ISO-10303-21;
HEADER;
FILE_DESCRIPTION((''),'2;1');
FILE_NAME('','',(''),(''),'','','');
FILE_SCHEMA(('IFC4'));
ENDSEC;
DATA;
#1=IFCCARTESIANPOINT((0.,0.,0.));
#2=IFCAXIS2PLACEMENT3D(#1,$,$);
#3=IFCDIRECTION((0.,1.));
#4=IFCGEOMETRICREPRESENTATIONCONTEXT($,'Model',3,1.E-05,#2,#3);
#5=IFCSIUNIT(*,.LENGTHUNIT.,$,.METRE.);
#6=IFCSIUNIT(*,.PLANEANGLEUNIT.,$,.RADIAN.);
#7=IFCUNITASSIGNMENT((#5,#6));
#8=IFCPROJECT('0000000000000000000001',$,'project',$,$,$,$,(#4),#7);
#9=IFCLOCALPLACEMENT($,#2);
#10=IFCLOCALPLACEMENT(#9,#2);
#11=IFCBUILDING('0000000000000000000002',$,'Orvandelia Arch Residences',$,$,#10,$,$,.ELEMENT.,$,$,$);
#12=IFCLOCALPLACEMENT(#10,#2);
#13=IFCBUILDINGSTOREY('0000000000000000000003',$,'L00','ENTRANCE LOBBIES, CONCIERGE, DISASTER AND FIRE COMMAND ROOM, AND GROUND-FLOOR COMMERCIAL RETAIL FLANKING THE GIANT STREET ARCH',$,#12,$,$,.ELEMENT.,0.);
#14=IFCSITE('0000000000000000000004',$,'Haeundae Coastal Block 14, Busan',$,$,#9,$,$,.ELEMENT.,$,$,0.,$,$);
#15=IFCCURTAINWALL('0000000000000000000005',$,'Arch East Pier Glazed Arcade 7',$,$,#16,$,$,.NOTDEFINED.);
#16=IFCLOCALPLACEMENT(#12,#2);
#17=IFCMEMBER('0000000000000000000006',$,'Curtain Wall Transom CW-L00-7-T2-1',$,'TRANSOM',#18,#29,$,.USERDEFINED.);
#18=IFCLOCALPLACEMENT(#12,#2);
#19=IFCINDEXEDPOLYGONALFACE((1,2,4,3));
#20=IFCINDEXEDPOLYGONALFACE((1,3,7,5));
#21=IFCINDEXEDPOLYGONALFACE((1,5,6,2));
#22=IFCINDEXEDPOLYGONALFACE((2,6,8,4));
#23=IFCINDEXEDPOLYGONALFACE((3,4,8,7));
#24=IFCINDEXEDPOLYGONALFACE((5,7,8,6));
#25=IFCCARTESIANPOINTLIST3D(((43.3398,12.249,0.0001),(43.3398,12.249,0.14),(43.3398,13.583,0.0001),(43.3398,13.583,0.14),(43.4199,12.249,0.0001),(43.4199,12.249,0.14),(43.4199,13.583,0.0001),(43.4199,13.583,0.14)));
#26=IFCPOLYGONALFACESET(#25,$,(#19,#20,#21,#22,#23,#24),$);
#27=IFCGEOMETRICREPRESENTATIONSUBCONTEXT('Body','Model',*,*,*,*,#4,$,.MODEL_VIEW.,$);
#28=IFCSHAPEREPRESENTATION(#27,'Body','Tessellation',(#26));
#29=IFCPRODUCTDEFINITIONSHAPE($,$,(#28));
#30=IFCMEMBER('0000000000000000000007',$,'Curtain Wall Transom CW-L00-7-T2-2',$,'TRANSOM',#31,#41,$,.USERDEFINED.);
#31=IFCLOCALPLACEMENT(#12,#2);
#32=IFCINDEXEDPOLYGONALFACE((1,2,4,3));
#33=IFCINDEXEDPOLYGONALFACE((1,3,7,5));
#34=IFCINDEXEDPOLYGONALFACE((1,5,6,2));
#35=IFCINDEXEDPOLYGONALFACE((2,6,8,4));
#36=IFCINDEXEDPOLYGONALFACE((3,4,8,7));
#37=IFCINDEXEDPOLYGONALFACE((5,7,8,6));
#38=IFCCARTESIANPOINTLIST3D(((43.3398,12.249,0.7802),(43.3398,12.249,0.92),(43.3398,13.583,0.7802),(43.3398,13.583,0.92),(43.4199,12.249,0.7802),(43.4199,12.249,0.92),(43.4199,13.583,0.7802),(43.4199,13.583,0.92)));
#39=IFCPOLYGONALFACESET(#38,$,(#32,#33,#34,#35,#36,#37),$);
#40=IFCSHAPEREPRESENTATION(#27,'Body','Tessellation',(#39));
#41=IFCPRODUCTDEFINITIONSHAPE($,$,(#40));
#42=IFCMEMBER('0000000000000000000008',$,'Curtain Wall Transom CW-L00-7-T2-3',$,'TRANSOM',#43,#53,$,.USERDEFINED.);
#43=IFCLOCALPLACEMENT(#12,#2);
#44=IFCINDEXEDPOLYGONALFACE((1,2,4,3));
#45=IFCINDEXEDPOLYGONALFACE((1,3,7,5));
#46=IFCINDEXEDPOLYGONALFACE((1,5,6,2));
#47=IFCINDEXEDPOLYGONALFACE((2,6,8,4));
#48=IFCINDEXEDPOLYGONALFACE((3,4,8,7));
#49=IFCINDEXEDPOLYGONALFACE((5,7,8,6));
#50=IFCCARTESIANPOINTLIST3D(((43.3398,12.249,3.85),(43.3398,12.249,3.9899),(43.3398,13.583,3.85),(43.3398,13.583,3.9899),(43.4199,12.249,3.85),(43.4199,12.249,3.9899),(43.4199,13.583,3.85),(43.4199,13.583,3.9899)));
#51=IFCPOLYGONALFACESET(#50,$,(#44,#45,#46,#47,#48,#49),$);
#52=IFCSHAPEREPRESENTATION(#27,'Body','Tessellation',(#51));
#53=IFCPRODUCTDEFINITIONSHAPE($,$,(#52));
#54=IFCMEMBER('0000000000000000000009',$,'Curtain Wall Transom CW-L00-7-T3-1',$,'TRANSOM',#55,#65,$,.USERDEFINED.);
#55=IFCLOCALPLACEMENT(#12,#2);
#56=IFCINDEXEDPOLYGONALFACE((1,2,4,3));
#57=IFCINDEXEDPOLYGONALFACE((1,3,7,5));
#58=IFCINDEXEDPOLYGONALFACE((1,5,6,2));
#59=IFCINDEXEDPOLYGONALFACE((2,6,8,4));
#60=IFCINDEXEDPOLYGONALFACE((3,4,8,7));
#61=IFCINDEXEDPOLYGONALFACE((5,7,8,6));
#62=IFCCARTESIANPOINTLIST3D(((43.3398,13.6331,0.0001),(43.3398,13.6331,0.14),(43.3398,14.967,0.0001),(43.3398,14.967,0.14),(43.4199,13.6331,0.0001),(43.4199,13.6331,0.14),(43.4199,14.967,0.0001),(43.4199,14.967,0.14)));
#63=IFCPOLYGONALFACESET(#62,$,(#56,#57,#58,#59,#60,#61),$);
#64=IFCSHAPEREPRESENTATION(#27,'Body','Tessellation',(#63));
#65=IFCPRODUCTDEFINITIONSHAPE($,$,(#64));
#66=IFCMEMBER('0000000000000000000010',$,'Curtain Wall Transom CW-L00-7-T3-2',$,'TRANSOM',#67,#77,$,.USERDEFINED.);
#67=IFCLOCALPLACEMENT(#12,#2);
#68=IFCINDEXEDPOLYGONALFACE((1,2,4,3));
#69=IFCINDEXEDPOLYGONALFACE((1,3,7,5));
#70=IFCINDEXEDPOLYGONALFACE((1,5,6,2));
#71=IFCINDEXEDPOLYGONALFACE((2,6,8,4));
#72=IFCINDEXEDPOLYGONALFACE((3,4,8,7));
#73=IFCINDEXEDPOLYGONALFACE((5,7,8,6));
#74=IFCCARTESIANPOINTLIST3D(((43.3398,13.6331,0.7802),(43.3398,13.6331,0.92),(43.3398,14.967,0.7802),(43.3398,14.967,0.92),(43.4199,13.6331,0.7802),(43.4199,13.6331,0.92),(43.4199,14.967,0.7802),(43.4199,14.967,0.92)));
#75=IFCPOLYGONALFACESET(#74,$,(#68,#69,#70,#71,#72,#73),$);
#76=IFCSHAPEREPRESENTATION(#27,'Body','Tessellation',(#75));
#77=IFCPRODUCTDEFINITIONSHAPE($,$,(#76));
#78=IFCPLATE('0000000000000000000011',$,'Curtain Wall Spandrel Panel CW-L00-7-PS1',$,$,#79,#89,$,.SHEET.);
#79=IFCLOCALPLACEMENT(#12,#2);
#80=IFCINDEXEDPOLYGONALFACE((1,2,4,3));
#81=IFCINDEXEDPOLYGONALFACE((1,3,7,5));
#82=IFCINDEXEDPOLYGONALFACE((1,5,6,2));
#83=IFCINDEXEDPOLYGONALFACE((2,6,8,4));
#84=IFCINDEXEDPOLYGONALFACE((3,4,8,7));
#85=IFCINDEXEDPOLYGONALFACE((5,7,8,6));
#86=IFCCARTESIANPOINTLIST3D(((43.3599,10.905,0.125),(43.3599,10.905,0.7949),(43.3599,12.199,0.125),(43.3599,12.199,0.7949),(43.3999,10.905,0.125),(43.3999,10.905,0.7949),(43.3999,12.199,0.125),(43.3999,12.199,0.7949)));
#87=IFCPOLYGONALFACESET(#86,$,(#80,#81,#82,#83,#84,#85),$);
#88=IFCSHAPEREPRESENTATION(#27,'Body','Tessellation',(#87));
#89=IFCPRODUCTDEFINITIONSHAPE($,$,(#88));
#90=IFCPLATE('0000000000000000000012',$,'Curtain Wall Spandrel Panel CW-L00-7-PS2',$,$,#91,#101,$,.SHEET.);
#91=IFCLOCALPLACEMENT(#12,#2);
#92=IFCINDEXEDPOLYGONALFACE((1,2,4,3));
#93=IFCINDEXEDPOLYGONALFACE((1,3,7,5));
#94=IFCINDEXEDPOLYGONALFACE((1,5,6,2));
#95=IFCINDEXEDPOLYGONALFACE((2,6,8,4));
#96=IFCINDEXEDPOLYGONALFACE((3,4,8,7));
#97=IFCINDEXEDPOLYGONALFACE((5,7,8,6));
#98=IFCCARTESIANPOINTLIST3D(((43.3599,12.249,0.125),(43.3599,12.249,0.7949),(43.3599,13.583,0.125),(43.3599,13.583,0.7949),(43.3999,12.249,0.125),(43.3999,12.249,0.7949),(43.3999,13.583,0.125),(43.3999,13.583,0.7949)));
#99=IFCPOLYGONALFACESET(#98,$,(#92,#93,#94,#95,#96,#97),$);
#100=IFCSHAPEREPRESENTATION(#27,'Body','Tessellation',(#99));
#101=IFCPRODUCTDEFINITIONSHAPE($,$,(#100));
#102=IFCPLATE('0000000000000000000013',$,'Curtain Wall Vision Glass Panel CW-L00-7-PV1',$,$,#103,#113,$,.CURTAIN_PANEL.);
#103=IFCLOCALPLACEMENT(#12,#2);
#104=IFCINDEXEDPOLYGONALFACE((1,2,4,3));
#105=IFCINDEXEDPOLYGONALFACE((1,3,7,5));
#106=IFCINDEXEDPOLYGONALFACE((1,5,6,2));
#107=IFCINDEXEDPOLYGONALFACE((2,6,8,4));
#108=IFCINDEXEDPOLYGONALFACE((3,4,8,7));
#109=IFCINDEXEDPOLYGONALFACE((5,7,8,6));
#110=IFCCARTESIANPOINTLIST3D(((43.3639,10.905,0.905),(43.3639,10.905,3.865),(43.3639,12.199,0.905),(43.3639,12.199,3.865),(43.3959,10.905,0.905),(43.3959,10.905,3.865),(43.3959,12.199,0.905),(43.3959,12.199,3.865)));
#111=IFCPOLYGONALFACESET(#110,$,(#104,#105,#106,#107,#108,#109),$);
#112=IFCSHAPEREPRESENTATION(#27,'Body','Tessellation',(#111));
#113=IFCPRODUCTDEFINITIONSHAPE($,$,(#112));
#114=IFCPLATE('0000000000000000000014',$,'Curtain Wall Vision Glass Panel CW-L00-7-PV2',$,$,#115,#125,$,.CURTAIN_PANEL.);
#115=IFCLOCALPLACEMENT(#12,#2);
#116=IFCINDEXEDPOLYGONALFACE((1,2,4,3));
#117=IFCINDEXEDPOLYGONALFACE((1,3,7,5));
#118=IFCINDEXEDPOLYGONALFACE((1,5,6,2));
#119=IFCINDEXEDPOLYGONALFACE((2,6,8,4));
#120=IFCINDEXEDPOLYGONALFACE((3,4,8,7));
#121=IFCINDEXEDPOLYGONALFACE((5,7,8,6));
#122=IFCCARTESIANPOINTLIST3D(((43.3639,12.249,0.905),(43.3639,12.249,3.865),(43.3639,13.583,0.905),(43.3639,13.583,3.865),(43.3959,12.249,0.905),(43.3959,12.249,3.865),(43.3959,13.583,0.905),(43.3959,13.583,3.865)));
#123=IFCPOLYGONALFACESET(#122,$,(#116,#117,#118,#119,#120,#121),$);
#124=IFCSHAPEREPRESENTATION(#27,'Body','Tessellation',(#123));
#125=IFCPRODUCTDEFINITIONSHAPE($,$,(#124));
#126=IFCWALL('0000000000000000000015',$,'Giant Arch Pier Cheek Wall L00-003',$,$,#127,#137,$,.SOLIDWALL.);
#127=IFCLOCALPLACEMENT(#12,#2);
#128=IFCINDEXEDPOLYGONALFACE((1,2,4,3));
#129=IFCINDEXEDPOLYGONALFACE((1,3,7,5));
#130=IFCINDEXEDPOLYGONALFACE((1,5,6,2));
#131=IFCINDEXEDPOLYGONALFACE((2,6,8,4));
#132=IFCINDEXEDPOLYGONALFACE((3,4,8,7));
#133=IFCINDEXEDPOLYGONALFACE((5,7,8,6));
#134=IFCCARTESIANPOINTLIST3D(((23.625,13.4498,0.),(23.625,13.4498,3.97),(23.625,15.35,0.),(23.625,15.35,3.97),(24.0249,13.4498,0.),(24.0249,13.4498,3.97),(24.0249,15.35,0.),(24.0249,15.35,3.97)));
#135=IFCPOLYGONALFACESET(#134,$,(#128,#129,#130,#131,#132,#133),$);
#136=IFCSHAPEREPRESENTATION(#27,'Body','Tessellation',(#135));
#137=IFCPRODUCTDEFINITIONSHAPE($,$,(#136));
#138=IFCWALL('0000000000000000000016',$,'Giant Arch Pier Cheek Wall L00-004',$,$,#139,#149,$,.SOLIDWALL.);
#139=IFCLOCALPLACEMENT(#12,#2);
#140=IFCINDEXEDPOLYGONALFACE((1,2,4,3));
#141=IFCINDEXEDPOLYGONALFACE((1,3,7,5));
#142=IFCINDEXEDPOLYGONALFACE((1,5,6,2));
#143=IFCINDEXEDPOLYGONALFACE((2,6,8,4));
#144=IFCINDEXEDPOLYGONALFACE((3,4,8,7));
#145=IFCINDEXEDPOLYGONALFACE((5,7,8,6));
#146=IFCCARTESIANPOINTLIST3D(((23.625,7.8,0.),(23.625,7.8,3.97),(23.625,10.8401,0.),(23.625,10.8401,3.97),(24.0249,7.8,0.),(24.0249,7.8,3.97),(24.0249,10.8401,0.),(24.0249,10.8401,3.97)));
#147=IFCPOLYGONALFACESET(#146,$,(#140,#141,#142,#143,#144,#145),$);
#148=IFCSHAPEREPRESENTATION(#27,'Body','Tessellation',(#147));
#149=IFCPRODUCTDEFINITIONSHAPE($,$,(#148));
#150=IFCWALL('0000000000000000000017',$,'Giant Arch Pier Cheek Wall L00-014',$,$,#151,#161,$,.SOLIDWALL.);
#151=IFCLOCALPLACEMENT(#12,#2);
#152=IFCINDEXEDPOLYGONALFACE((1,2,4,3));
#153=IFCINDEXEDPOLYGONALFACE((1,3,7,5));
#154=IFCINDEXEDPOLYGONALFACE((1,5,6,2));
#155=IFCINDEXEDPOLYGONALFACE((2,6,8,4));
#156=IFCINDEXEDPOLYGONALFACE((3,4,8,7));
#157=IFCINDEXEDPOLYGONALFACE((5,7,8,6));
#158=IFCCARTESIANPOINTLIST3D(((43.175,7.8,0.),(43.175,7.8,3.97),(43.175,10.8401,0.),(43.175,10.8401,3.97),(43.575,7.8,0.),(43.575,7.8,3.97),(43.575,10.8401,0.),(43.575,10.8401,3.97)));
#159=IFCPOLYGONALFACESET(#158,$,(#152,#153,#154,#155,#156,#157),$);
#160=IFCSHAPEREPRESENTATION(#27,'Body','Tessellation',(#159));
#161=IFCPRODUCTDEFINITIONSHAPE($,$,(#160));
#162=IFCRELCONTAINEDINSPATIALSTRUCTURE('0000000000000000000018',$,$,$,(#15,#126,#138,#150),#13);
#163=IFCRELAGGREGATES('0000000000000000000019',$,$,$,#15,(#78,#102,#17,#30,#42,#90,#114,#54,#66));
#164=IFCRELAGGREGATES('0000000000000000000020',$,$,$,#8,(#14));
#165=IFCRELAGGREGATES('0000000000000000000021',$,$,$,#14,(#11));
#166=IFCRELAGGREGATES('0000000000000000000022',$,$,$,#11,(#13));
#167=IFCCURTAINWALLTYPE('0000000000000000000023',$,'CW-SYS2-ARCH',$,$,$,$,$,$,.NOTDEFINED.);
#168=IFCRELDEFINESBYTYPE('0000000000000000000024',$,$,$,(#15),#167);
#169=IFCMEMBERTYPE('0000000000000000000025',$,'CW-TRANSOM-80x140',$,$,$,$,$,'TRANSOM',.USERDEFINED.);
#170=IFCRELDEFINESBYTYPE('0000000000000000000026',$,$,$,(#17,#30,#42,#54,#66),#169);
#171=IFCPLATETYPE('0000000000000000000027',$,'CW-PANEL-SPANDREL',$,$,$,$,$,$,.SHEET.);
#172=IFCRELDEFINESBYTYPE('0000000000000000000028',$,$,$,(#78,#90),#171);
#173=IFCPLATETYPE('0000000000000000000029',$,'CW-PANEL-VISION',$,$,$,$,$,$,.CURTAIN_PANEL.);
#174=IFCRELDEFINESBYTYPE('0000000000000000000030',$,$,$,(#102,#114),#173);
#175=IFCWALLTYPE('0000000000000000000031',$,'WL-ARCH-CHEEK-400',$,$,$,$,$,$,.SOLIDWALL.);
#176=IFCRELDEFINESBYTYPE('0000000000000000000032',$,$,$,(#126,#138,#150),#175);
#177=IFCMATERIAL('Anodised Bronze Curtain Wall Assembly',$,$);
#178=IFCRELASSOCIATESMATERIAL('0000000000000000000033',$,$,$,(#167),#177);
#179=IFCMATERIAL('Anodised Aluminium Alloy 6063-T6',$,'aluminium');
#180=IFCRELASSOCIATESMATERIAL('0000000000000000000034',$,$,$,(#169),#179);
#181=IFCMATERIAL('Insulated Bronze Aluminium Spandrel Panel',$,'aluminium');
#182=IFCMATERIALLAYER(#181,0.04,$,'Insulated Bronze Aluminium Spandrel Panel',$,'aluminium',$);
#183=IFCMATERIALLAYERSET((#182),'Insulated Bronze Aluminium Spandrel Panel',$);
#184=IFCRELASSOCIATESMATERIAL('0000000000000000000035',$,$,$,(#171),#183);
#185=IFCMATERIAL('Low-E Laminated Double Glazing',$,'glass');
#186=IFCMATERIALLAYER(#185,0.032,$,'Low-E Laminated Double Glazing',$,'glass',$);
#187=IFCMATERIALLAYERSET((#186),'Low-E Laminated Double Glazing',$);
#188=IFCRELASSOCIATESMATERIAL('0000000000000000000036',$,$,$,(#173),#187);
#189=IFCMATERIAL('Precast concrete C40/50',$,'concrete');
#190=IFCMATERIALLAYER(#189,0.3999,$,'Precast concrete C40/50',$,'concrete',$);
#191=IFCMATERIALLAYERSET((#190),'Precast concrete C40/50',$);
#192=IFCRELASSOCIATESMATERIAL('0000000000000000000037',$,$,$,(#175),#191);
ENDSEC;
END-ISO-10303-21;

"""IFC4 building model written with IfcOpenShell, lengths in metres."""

from ifc_helpers import new_model, si_unit, direction, frame, frame_2d, origin, origin_2d, place, context, subcontext, project, spatial, rectangle, extrude, material, layer, layer_set, material_profile, profile_set, type_object, element, aggregate, save


model = new_model("IFC4")

# Units and contexts
model_context = context("Model", 3, precision=1e-05, world=origin(), true_north=direction((0.0, 1.0)))
body_context = subcontext(model_context, "Body", "Model", "MODEL_VIEW")
ifc_project = project(units=[si_unit("LENGTHUNIT", "METRE"), si_unit("PLANEANGLEUNIT", "RADIAN")], contexts=[model_context])

# Site, building, storey
site_placement = place(None, origin())
site = spatial("IfcSite", under=ifc_project, at=site_placement, Name="Haeundae Coastal Block 14, Busan", CompositionType="ELEMENT", RefElevation=0.0)
building_placement = place(site_placement, origin())
building = spatial("IfcBuilding", under=site, at=building_placement, Name="Orvandelia Arch Residences", CompositionType="ELEMENT")
storey_placement = place(building_placement, origin())
storey = spatial("IfcBuildingStorey", under=building, at=storey_placement, Name="L00", Description="ENTRANCE LOBBIES, CONCIERGE, DISASTER AND FIRE COMMAND ROOM, AND GROUND-FLOOR COMMERCIAL RETAIL FLANKING THE GIANT STREET ARCH", CompositionType="ELEMENT", Elevation=0.0)

# Curtain wall, members, plates
ifc_material_1 = material(Name="Anodised Bronze Curtain Wall Assembly")
curtain_wall_type = type_object("IfcCurtainWallType", Name="CW-SYS2-ARCH", PredefinedType="NOTDEFINED", material=ifc_material_1)
curtain_wall_placement = place(storey_placement, origin())
curtain_wall = element("IfcCurtainWall", 1, at=curtain_wall_placement, inside=storey, type_object=curtain_wall_type, Name="Arch East Pier Glazed Arcade 7", PredefinedType="NOTDEFINED")
ifc_material_2 = material(Name="Anodised Aluminium Alloy 6063-T6", Category="aluminium")
ifc_material_profile_1 = material_profile(ifc_material_2, rectangle(XDim=0.0801, YDim=0.1399, at=origin_2d()), Name="Anodised Aluminium Alloy 6063-T6", Category="aluminium")
ifc_profile_set_1 = profile_set([ifc_material_profile_1], Name="Anodised Aluminium Alloy 6063-T6")
member_type_1 = type_object("IfcMemberType", Name="CW-TRANSOM-80x140", ElementType="TRANSOM", PredefinedType="USERDEFINED", material=ifc_profile_set_1)
member_1_placement = place(storey_placement, frame((43.3799, 12.249, 0.0701), z_axis=(0.0, 1.0, 0.0), x_axis=(-1.0, 0.0, 0.0)))
member_1 = element("IfcMember", 2, at=member_1_placement, type_object=member_type_1, Name="Curtain Wall Transom CW-L00-7-T2-1", ObjectType="TRANSOM", PredefinedType="USERDEFINED", context=body_context, shape_type="SweptSolid", body=[
    extrude(rectangle(XDim=0.0801, YDim=0.1399, at=origin_2d()), origin(), (0.0, 0.0, 1.0), 1.334),
])
member_2_placement = place(storey_placement, frame((43.3799, 12.249, 0.8501), z_axis=(0.0, 1.0, 0.0), x_axis=(-1.0, 0.0, 0.0)))
member_2 = element("IfcMember", 3, at=member_2_placement, type_object=member_type_1, Name="Curtain Wall Transom CW-L00-7-T2-2", ObjectType="TRANSOM", PredefinedType="USERDEFINED", context=body_context, shape_type="SweptSolid", body=[
    extrude(rectangle(XDim=0.0801, YDim=0.1399, at=origin_2d()), origin(), (0.0, 0.0, 1.0), 1.334),
])
member_3_placement = place(storey_placement, frame((43.3799, 12.249, 3.9199), z_axis=(0.0, 1.0, 0.0), x_axis=(-1.0, 0.0, 0.0)))
member_3 = element("IfcMember", 4, at=member_3_placement, type_object=member_type_1, Name="Curtain Wall Transom CW-L00-7-T2-3", ObjectType="TRANSOM", PredefinedType="USERDEFINED", context=body_context, shape_type="SweptSolid", body=[
    extrude(rectangle(XDim=0.0801, YDim=0.1399, at=origin_2d()), origin(), (0.0, 0.0, 1.0), 1.334),
])
member_4_placement = place(storey_placement, frame((43.3799, 13.6331, 0.0701), z_axis=(0.0, 1.0, 0.0), x_axis=(-1.0, 0.0, 0.0)))
member_4 = element("IfcMember", 5, at=member_4_placement, type_object=member_type_1, Name="Curtain Wall Transom CW-L00-7-T3-1", ObjectType="TRANSOM", PredefinedType="USERDEFINED", context=body_context, shape_type="SweptSolid", body=[
    extrude(rectangle(XDim=0.0801, YDim=0.1399, at=origin_2d()), origin(), (0.0, 0.0, 1.0), 1.334),
])
member_5_placement = place(storey_placement, frame((43.3799, 13.6331, 0.8501), z_axis=(0.0, 1.0, 0.0), x_axis=(-1.0, 0.0, 0.0)))
member_5 = element("IfcMember", 6, at=member_5_placement, type_object=member_type_1, Name="Curtain Wall Transom CW-L00-7-T3-2", ObjectType="TRANSOM", PredefinedType="USERDEFINED", context=body_context, shape_type="SweptSolid", body=[
    extrude(rectangle(XDim=0.0801, YDim=0.1399, at=origin_2d()), origin(), (0.0, 0.0, 1.0), 1.334),
])
ifc_material_3 = material(Name="Insulated Bronze Aluminium Spandrel Panel", Category="aluminium")
ifc_layer_1 = layer(ifc_material_3, 0.04, Name="Insulated Bronze Aluminium Spandrel Panel", Category="aluminium")
ifc_layer_set_1 = layer_set([ifc_layer_1], Name="Insulated Bronze Aluminium Spandrel Panel")
plate_type_1 = type_object("IfcPlateType", Name="CW-PANEL-SPANDREL", PredefinedType="SHEET", material=ifc_layer_set_1)
plate_1_placement = place(storey_placement, frame((43.3799, 11.552, 0.125), z_axis=(0.0, 0.0, 1.0), x_axis=(0.0, 1.0, 0.0)))
plate_1 = element("IfcPlate", 7, at=plate_1_placement, type_object=plate_type_1, Name="Curtain Wall Spandrel Panel CW-L00-7-PS1", PredefinedType="SHEET", context=body_context, shape_type="SweptSolid", body=[
    extrude(rectangle(XDim=1.2939, YDim=0.04, at=origin_2d()), origin(), (0.0, 0.0, 1.0), 0.6699),
])
plate_2_placement = place(storey_placement, frame((43.3799, 12.916, 0.125), z_axis=(0.0, 0.0, 1.0), x_axis=(0.0, 1.0, 0.0)))
plate_2 = element("IfcPlate", 8, at=plate_2_placement, type_object=plate_type_1, Name="Curtain Wall Spandrel Panel CW-L00-7-PS2", PredefinedType="SHEET", context=body_context, shape_type="SweptSolid", body=[
    extrude(rectangle(XDim=1.334, YDim=0.04, at=origin_2d()), origin(), (0.0, 0.0, 1.0), 0.6699),
])
ifc_material_4 = material(Name="Low-E Laminated Double Glazing", Category="glass")
ifc_layer_2 = layer(ifc_material_4, 0.032, Name="Low-E Laminated Double Glazing", Category="glass")
ifc_layer_set_2 = layer_set([ifc_layer_2], Name="Low-E Laminated Double Glazing")
plate_type_2 = type_object("IfcPlateType", Name="CW-PANEL-VISION", PredefinedType="CURTAIN_PANEL", material=ifc_layer_set_2)
plate_3_placement = place(storey_placement, frame((43.3799, 11.552, 0.905), z_axis=(0.0, 0.0, 1.0), x_axis=(0.0, 1.0, 0.0)))
plate_3 = element("IfcPlate", 9, at=plate_3_placement, type_object=plate_type_2, Name="Curtain Wall Vision Glass Panel CW-L00-7-PV1", PredefinedType="CURTAIN_PANEL", context=body_context, shape_type="SweptSolid", body=[
    extrude(rectangle(XDim=1.2939, YDim=0.032, at=origin_2d()), origin(), (0.0, 0.0, 1.0), 2.96),
])
plate_4_placement = place(storey_placement, frame((43.3799, 12.916, 0.905), z_axis=(0.0, 0.0, 1.0), x_axis=(0.0, 1.0, 0.0)))
plate_4 = element("IfcPlate", 10, at=plate_4_placement, type_object=plate_type_2, Name="Curtain Wall Vision Glass Panel CW-L00-7-PV2", PredefinedType="CURTAIN_PANEL", context=body_context, shape_type="SweptSolid", body=[
    extrude(rectangle(XDim=1.334, YDim=0.032, at=origin_2d()), origin(), (0.0, 0.0, 1.0), 2.96),
])
aggregate(curtain_wall, [plate_1, plate_3, member_1, member_2, member_3, plate_2, plate_4, member_4, member_5])

# Walls
ifc_material_5 = material(Name="Precast concrete C40/50", Category="concrete")
ifc_layer_3 = layer(ifc_material_5, 0.3999, Name="Precast concrete C40/50", Category="concrete")
ifc_layer_set_3 = layer_set([ifc_layer_3], Name="Precast concrete C40/50")
wall_type_1 = type_object("IfcWallType", Name="WL-ARCH-CHEEK-400", PredefinedType="SOLIDWALL", material=ifc_layer_set_3)
wall_1_placement = place(storey_placement, frame((23.825, 15.3501, 0.0), z_axis=(0.0, 0.0, 1.0), x_axis=(0.0, -1.0, 0.0)))
element("IfcWall", 11, at=wall_1_placement, inside=storey, type_object=wall_type_1, Name="Giant Arch Pier Cheek Wall L00-003", PredefinedType="SOLIDWALL", context=body_context, shape_type="SweptSolid", body=[
    extrude(rectangle(XDim=1.9001, YDim=0.3999, at=frame_2d((0.9502, 0.0))), origin(), (0.0, 0.0, 1.0), 3.97),
])
for number, where, z_axis, x_axis, name in (
    (12, (23.825, 10.8401, 0.0), (0.0, 0.0, 1.0), (0.0, -1.0, 0.0), "Giant Arch Pier Cheek Wall L00-004"),
    (13, (43.375, 7.8, 0.0), (0.0, 0.0, 1.0), (0.0, 1.0, 0.0), "Giant Arch Pier Cheek Wall L00-014"),
):
    element("IfcWall", number, at=place(storey_placement, frame(where, z_axis=z_axis, x_axis=x_axis)), inside=storey, type_object=wall_type_1, Name=name, PredefinedType="SOLIDWALL", context=body_context, shape_type="SweptSolid", body=[
        extrude(rectangle(XDim=3.04, YDim=0.3999, at=frame_2d((1.52, 0.0))), origin(), (0.0, 0.0, 1.0), 3.97),
    ])

save(model, "model.ifc")
